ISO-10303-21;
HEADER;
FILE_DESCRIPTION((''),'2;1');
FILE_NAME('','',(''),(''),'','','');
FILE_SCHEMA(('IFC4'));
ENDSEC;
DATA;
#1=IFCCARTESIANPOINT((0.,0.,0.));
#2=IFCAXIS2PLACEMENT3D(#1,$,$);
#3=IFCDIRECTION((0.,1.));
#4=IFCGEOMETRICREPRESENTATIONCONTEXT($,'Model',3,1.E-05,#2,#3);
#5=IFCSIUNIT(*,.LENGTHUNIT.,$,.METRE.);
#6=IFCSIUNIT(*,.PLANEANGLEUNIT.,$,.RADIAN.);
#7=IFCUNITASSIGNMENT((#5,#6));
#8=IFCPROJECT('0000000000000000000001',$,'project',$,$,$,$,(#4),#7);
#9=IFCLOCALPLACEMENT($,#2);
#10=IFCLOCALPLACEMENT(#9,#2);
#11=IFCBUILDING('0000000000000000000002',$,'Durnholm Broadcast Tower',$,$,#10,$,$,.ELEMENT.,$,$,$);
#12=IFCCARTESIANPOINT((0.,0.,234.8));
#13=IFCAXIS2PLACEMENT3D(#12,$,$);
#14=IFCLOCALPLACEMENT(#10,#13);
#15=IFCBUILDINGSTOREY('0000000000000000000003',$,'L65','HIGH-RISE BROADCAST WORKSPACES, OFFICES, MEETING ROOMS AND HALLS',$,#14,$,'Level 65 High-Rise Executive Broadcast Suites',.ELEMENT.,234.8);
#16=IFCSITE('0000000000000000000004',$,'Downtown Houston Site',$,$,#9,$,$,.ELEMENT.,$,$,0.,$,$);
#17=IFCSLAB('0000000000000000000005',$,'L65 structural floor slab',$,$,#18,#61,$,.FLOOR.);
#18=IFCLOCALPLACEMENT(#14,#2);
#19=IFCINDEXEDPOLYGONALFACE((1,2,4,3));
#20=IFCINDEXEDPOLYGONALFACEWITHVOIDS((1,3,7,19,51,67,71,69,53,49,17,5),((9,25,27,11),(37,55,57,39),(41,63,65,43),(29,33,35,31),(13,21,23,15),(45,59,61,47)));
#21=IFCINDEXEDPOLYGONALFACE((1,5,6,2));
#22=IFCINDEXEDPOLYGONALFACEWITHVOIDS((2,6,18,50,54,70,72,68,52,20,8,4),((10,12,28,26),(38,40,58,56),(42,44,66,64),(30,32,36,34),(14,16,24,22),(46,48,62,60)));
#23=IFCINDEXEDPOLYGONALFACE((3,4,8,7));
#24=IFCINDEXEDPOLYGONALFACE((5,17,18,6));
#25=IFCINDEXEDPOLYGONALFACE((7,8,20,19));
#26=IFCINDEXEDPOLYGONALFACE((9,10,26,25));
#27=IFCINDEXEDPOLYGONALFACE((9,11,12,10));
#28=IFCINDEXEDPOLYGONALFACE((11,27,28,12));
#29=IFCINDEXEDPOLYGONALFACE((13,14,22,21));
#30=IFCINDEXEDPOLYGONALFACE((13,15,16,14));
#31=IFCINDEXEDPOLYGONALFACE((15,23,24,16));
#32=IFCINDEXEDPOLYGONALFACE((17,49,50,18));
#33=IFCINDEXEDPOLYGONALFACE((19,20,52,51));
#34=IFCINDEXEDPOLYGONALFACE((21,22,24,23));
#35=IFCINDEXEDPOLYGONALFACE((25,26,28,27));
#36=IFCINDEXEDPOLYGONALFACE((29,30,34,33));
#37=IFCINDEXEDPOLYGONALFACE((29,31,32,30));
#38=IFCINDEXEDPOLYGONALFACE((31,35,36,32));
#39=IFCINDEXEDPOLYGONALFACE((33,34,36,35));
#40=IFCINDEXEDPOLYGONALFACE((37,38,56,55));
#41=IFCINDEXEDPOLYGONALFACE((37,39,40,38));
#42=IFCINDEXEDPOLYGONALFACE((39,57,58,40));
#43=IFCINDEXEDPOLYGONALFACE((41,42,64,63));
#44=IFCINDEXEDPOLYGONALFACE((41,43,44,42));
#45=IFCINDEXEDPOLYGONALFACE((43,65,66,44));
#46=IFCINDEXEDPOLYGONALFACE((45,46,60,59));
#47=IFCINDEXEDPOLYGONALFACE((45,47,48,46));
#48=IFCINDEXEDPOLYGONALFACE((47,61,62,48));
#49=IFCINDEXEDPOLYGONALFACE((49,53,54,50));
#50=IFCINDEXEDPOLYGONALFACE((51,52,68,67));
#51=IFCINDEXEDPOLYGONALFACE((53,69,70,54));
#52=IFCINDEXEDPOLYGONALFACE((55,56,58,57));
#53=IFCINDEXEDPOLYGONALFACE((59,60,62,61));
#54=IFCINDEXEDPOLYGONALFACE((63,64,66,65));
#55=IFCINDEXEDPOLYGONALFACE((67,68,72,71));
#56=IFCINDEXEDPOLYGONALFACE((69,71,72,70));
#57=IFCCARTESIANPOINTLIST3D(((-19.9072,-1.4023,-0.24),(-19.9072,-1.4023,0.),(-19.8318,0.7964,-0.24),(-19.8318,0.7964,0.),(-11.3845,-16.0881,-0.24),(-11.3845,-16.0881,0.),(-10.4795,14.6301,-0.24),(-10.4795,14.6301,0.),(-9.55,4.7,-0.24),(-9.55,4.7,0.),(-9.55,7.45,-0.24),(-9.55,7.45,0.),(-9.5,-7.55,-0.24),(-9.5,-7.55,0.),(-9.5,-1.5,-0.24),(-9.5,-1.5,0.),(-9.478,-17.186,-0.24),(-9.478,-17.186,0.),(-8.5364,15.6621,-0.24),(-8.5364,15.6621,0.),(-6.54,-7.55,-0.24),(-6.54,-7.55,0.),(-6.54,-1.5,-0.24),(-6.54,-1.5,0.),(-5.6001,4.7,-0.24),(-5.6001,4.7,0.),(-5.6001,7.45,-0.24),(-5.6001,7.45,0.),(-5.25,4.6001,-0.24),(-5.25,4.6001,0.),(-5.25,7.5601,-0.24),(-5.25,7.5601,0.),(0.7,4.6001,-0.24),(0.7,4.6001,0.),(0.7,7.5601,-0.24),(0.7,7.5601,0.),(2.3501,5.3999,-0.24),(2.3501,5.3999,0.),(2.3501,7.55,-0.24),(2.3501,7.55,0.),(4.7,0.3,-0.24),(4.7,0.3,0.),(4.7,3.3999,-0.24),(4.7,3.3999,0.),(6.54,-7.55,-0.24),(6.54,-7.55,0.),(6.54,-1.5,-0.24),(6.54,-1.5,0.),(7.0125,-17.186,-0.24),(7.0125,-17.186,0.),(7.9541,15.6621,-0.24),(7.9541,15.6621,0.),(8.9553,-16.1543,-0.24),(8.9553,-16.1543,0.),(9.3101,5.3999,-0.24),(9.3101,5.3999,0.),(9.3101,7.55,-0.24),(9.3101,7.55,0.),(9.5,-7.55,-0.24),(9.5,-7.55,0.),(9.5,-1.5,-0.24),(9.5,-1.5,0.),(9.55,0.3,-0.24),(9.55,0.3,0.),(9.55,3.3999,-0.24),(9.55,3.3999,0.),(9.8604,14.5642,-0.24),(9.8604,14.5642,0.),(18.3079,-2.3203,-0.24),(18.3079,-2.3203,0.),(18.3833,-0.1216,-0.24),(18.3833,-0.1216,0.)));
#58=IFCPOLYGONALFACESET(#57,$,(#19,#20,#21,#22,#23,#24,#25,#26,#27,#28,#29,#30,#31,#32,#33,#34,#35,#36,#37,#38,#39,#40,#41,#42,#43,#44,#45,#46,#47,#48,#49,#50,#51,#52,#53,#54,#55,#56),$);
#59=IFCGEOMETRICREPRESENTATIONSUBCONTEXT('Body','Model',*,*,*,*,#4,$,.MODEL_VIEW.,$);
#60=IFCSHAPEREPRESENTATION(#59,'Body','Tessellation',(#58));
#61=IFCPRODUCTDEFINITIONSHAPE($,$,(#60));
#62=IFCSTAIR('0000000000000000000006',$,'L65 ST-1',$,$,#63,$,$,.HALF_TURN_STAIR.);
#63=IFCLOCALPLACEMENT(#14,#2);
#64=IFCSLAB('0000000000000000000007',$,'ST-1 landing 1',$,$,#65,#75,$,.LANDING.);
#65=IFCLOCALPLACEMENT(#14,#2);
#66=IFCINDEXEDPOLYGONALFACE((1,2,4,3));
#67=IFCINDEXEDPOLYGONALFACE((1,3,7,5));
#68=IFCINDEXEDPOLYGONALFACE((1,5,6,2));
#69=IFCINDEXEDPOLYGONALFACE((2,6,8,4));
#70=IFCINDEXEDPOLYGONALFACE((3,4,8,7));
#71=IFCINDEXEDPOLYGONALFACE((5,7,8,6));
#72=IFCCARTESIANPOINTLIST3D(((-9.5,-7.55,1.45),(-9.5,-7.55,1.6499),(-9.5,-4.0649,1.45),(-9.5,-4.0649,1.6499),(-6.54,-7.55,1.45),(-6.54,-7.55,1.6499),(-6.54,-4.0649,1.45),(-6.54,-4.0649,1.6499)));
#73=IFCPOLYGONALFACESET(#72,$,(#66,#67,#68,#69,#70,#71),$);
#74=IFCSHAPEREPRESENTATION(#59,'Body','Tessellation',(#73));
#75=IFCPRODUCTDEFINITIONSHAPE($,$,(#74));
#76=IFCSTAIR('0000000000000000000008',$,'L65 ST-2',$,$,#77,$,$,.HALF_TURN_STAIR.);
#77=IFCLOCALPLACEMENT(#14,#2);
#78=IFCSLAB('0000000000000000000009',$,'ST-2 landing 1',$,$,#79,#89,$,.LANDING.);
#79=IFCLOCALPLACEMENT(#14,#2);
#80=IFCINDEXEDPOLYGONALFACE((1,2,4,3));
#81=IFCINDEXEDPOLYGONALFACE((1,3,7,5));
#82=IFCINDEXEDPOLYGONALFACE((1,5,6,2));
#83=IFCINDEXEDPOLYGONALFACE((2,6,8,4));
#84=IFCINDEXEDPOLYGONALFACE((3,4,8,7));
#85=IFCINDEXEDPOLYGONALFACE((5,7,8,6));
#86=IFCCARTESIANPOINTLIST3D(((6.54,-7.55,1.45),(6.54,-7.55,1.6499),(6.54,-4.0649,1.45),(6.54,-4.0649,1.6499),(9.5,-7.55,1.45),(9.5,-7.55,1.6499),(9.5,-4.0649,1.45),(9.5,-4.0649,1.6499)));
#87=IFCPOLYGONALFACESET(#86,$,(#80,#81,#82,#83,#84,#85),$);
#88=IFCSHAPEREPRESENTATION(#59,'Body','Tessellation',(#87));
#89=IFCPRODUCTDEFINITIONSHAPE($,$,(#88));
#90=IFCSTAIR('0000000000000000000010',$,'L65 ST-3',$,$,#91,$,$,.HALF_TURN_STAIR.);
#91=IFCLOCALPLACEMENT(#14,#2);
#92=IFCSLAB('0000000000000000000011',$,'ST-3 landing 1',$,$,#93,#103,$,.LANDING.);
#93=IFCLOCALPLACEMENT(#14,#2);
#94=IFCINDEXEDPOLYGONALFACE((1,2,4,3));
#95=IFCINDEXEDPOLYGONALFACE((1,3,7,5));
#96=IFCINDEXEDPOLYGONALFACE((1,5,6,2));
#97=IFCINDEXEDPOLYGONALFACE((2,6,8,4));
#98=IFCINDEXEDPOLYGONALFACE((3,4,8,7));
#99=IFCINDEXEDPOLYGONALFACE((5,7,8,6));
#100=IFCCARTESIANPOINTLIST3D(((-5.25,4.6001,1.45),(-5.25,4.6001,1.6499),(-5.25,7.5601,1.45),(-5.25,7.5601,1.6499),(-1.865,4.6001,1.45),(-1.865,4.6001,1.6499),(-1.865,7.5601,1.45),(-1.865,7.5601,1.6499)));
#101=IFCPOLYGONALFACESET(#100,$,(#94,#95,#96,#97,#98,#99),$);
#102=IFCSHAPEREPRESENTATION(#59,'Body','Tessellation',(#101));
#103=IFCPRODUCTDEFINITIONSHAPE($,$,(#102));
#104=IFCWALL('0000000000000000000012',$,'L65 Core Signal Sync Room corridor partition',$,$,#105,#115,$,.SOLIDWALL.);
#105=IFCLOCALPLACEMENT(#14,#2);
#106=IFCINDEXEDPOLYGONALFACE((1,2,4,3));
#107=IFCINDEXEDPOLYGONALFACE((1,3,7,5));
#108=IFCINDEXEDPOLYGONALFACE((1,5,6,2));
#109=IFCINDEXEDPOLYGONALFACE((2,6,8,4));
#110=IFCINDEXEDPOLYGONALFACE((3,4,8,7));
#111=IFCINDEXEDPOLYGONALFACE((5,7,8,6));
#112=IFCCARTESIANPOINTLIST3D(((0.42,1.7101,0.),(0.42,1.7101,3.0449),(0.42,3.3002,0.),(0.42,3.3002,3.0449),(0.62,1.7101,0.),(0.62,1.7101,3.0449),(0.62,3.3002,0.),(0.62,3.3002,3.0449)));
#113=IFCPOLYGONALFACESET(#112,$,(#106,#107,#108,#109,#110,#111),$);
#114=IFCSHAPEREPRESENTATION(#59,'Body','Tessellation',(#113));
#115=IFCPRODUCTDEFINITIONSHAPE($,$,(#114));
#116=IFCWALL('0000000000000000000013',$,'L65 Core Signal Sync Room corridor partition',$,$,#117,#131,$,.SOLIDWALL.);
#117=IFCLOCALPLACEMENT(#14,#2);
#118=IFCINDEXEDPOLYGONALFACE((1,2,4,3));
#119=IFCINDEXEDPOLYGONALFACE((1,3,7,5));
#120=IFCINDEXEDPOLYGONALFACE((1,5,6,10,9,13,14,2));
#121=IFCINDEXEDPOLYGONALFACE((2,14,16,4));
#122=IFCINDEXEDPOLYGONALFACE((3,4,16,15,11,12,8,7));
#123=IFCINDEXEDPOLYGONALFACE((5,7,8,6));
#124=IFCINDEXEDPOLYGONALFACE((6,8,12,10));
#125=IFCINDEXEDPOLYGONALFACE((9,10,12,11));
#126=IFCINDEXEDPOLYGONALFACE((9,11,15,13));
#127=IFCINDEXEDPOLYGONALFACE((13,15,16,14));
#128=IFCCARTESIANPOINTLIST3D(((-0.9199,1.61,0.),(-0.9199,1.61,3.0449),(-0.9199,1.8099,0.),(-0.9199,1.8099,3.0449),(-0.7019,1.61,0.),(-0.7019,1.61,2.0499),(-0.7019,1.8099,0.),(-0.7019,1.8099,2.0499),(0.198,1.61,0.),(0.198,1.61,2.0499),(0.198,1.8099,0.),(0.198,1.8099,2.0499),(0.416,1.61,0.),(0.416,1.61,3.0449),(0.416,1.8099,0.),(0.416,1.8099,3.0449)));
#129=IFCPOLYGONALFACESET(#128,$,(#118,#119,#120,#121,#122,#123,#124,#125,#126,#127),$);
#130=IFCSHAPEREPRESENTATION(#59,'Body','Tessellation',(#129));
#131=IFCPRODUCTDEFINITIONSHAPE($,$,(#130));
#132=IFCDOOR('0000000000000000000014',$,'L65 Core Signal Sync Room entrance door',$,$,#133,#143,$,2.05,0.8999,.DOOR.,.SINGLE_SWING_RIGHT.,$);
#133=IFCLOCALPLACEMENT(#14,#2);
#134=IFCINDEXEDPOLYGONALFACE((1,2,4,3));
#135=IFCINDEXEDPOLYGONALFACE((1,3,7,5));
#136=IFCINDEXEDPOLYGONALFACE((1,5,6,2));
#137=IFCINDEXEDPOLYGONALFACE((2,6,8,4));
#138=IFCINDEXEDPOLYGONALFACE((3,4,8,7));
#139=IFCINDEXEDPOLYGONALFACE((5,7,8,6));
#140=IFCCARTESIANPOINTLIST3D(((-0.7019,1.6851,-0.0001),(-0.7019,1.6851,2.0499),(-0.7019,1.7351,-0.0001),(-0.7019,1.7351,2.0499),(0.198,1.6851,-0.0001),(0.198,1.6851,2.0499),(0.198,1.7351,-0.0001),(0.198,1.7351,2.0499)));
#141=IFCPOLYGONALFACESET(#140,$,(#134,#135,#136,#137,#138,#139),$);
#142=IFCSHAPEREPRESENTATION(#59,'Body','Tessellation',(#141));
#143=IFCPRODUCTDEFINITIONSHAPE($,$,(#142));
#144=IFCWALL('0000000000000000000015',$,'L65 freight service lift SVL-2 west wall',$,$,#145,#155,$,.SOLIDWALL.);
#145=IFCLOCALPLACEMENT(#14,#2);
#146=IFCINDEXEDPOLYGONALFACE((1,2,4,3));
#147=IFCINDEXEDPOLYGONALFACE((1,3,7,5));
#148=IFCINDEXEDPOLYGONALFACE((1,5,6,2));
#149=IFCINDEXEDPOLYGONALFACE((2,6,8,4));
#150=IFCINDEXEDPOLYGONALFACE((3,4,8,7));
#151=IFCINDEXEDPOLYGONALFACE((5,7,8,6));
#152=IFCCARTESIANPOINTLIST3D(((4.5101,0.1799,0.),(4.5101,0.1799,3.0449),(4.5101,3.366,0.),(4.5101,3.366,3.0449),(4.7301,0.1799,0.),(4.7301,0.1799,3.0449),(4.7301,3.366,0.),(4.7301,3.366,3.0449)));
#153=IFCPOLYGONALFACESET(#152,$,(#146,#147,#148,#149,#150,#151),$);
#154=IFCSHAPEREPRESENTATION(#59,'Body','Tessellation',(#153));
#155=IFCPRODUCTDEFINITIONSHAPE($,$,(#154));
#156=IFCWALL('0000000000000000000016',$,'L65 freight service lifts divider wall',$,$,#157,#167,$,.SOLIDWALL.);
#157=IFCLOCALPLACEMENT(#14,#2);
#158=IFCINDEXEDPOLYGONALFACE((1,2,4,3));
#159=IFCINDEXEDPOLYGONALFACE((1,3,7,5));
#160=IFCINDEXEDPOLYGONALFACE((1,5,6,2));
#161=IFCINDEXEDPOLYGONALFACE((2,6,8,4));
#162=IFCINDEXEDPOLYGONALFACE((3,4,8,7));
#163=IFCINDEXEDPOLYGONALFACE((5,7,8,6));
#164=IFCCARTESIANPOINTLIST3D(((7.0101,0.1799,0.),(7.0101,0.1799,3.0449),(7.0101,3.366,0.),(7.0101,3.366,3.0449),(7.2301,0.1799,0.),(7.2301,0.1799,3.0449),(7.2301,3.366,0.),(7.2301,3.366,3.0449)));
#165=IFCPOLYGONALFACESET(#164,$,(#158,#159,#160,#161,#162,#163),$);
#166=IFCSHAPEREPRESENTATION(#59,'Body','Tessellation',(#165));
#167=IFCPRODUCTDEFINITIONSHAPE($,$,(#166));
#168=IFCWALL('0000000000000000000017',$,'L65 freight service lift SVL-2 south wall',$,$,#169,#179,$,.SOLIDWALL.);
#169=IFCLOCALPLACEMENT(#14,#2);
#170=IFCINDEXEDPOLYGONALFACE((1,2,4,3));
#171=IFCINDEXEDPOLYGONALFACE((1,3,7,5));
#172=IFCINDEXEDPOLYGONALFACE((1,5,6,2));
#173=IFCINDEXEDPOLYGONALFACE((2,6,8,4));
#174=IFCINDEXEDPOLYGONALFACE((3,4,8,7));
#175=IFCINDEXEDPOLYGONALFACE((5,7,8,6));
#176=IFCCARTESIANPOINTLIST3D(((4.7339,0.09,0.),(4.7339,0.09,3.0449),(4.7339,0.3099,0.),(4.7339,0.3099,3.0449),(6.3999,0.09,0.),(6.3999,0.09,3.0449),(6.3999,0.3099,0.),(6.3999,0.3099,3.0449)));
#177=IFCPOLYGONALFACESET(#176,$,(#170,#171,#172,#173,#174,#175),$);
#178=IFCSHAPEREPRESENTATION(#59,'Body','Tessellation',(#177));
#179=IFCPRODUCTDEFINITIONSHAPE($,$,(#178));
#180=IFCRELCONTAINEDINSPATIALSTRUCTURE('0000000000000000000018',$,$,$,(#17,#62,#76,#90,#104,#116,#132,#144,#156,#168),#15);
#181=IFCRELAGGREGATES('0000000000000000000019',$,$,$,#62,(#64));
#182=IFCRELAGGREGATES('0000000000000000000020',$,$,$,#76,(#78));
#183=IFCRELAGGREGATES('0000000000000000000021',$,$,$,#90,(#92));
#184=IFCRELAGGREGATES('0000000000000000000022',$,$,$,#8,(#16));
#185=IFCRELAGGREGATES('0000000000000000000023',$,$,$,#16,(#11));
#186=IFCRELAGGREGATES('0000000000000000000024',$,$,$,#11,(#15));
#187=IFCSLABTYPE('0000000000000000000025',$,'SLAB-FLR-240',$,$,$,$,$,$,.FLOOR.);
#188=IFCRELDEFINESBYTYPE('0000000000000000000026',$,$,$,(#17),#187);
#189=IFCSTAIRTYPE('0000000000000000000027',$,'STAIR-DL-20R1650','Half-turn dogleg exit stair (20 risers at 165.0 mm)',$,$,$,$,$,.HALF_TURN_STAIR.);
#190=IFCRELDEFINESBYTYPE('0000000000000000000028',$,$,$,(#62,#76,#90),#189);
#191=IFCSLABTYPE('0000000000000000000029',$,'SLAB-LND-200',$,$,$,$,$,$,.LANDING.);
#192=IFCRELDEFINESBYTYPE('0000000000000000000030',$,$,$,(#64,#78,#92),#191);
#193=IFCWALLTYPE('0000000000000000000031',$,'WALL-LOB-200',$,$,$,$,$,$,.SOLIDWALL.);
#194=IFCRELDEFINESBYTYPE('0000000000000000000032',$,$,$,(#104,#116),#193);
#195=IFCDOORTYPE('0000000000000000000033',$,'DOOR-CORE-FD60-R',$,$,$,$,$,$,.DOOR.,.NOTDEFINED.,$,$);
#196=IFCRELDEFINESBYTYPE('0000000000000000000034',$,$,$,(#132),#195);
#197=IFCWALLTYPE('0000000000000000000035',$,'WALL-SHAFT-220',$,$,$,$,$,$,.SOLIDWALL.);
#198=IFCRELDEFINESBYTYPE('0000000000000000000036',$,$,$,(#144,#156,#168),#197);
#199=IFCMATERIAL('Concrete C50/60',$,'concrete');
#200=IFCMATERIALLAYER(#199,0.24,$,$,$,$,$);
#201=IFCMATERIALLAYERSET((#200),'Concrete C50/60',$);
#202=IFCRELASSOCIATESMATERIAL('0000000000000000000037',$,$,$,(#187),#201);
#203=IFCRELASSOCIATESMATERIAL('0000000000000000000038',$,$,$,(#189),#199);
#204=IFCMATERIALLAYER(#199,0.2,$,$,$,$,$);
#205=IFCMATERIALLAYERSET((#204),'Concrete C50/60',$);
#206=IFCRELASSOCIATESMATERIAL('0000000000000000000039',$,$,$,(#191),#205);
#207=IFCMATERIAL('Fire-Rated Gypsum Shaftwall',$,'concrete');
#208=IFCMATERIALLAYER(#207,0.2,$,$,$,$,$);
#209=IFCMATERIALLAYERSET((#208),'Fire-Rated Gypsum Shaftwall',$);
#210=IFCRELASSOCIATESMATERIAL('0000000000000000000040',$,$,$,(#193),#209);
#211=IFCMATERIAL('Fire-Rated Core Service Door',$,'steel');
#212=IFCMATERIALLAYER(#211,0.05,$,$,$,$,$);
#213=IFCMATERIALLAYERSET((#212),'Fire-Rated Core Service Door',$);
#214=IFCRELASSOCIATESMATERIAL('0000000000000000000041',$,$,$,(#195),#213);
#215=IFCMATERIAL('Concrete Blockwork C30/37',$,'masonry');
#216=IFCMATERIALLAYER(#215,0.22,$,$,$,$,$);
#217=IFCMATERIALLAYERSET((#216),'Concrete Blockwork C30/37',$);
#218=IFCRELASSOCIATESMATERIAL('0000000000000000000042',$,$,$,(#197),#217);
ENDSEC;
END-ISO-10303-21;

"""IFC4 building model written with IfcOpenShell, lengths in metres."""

from ifc_helpers import new_model, si_unit, direction, frame, frame_2d, origin, place, context, subcontext, project, spatial, polyline, rectangle, outline, extrude, source, transform, mapped, material, layer, layer_set, type_object, type_shapes, element, fill, aggregate, save


model = new_model("IFC4")

# Units and contexts
model_context = context("Model", 3, precision=1e-05, world=origin(), true_north=direction((0.0, 1.0)))
body_context = subcontext(model_context, "Body", "Model", "MODEL_VIEW")
ifc_project = project(units=[si_unit("LENGTHUNIT", "METRE"), si_unit("PLANEANGLEUNIT", "RADIAN")], contexts=[model_context])

# Site, building, storey
site_placement = place(None, origin())
site = spatial("IfcSite", under=ifc_project, at=site_placement, Name="Downtown Houston Site", CompositionType="ELEMENT", RefElevation=0.0)
building_placement = place(site_placement, origin())
building = spatial("IfcBuilding", under=site, at=building_placement, Name="Durnholm Broadcast Tower", CompositionType="ELEMENT")
storey_placement = place(building_placement, frame((0.0, 0.0, 234.8)))
storey = spatial("IfcBuildingStorey", under=building, at=storey_placement, Name="L65", Description="HIGH-RISE BROADCAST WORKSPACES, OFFICES, MEETING ROOMS AND HALLS", LongName="Level 65 High-Rise Executive Broadcast Suites", CompositionType="ELEMENT", Elevation=234.8)

# Slab
ifc_material_1 = material(Name="Concrete C50/60", Category="concrete")
ifc_layer_1 = layer(ifc_material_1, 0.24)
ifc_layer_set_1 = layer_set([ifc_layer_1], Name="Concrete C50/60")
slab_type_1 = type_object("IfcSlabType", Name="SLAB-FLR-240", PredefinedType="FLOOR", material=ifc_layer_set_1)
slab_1_placement = place(storey_placement, frame((0.0, 0.0, -0.24)))
element("IfcSlab", 1, at=slab_1_placement, inside=storey, type_object=slab_type_1, Name="L65 structural floor slab", PredefinedType="FLOOR", context=body_context, shape_type="SweptSolid", body=[
    extrude(outline(polyline([(-11.3845, -16.0881), (-9.478, -17.186), (7.0125, -17.186), (8.9553, -16.1543), (18.3079, -2.3203), (18.3833, -0.1216), (9.8604, 14.5642), (7.9541, 15.6621), (-8.5364, 15.6621), (-10.4795, 14.6301), (-19.8318, 0.7964), (-19.9072, -1.4023), (-11.3845, -16.0881)]), holes=[polyline([(-6.54, -1.5), (-9.5, -1.5), (-9.5, -7.55), (-6.54, -7.55), (-6.54, -1.5)]), polyline([(9.5, -7.55), (9.5, -1.5), (6.54, -1.5), (6.54, -7.55), (9.5, -7.55)]), polyline([(9.55, 3.3999), (4.7, 3.3999), (4.7, 0.3), (9.55, 0.3), (9.55, 3.3999)]), polyline([(-9.55, 7.45), (-9.55, 4.7), (-5.6001, 4.7), (-5.6001, 7.45), (-9.55, 7.45)]), polyline([(-5.25, 4.6001), (0.7, 4.6001), (0.7, 7.5601), (-5.25, 7.5601), (-5.25, 4.6001)]), polyline([(9.3101, 7.55), (2.3501, 7.55), (2.3501, 5.3999), (9.3101, 5.3999), (9.3101, 7.55)])]), origin(), (0.0, 0.0, 1.0), 0.24),
])

# Stairs, slabs
stair_type = type_object("IfcStairType", Name="STAIR-DL-20R1650", Description="Half-turn dogleg exit stair (20 risers at 165.0 mm)", PredefinedType="HALF_TURN_STAIR", material=ifc_material_1)
stair_1_placement = place(storey_placement, origin())
stair_1 = element("IfcStair", 2, at=stair_1_placement, inside=storey, type_object=stair_type, Name="L65 ST-1", PredefinedType="HALF_TURN_STAIR")
ifc_layer_2 = layer(ifc_material_1, 0.2)
ifc_layer_set_2 = layer_set([ifc_layer_2], Name="Concrete C50/60")
slab_type_2 = type_object("IfcSlabType", Name="SLAB-LND-200", PredefinedType="LANDING", material=ifc_layer_set_2)
slab_2_placement = place(storey_placement, frame((0.0, 0.0, 1.45)))
slab_2 = element("IfcSlab", 3, at=slab_2_placement, type_object=slab_type_2, Name="ST-1 landing 1", PredefinedType="LANDING", context=body_context, shape_type="SweptSolid", body=[
    extrude(outline(polyline([(-9.5, -4.0649), (-9.5, -7.55), (-6.54, -7.55), (-6.54, -4.0649), (-9.5, -4.0649)])), origin(), (0.0, 0.0, 1.0), 0.2),
])
aggregate(stair_1, [slab_2])
stair_2_placement = place(storey_placement, origin())
stair_2 = element("IfcStair", 4, at=stair_2_placement, inside=storey, type_object=stair_type, Name="L65 ST-2", PredefinedType="HALF_TURN_STAIR")
slab_3_placement = place(storey_placement, frame((0.0, 0.0, 1.45)))
slab_3 = element("IfcSlab", 5, at=slab_3_placement, type_object=slab_type_2, Name="ST-2 landing 1", PredefinedType="LANDING", context=body_context, shape_type="SweptSolid", body=[
    extrude(outline(polyline([(6.54, -4.0649), (6.54, -7.55), (9.5, -7.55), (9.5, -4.0649), (6.54, -4.0649)])), origin(), (0.0, 0.0, 1.0), 0.2),
])
aggregate(stair_2, [slab_3])
stair_3_placement = place(storey_placement, origin())
stair_3 = element("IfcStair", 6, at=stair_3_placement, inside=storey, type_object=stair_type, Name="L65 ST-3", PredefinedType="HALF_TURN_STAIR")
slab_4_placement = place(storey_placement, frame((0.0, 0.0, 1.45)))
slab_4 = element("IfcSlab", 7, at=slab_4_placement, type_object=slab_type_2, Name="ST-3 landing 1", PredefinedType="LANDING", context=body_context, shape_type="SweptSolid", body=[
    extrude(outline(polyline([(-1.865, 7.5601), (-5.25, 7.5601), (-5.25, 4.6001), (-1.865, 4.6001), (-1.865, 7.5601)])), origin(), (0.0, 0.0, 1.0), 0.2),
])

# Wall
ifc_material_2 = material(Name="Fire-Rated Gypsum Shaftwall", Category="concrete")
ifc_layer_3 = layer(ifc_material_2, 0.2)
ifc_layer_set_3 = layer_set([ifc_layer_3], Name="Fire-Rated Gypsum Shaftwall")
wall_type_1 = type_object("IfcWallType", Name="WALL-LOB-200", PredefinedType="SOLIDWALL", material=ifc_layer_set_3)
wall_1_placement = place(storey_placement, frame((0.52, 3.3, 0.0), z_axis=(0.0, 0.0, 1.0), x_axis=(0.0, -1.0, 0.0)))
element("IfcWall", 8, at=wall_1_placement, inside=storey, type_object=wall_type_1, Name="L65 Core Signal Sync Room corridor partition", PredefinedType="SOLIDWALL", context=body_context, shape_type="SweptSolid", body=[
    extrude(rectangle(XDim=1.5901, YDim=0.2, at=frame_2d((0.7949, 0.0))), origin(), (0.0, 0.0, 1.0), 3.0449),
])

# Wall, opening, door
wall_2_placement = place(storey_placement, frame((0.416, 1.71, 0.0), z_axis=(0.0, 0.0, 1.0), x_axis=(-1.0, 0.0, 0.0)))
wall_2 = element("IfcWall", 9, at=wall_2_placement, inside=storey, type_object=wall_type_1, Name="L65 Core Signal Sync Room corridor partition", PredefinedType="SOLIDWALL", context=body_context, shape_type="SweptSolid", body=[
    extrude(rectangle(XDim=1.3359, YDim=0.2, at=frame_2d((0.668, 0.0))), origin(), (0.0, 0.0, 1.0), 3.0449),
])
opening_1_placement = place(wall_2_placement, frame((0.218, 0.0, 0.0)))
opening_1 = element("IfcOpeningElement", 10, at=opening_1_placement, cuts=wall_2, PredefinedType="OPENING", context=body_context, shape_type="SweptSolid", body=[
    extrude(rectangle(XDim=0.8999, YDim=2.05, at=frame_2d((0.45, 1.0249))), frame((0.0, 0.1099, 0.0), z_axis=(0.0, -1.0, 0.0), x_axis=(1.0, 0.0, 0.0)), (0.0, 0.0, 1.0), 0.22),
])
ifc_material_3 = material(Name="Fire-Rated Core Service Door", Category="steel")
ifc_layer_4 = layer(ifc_material_3, 0.05)
ifc_layer_set_4 = layer_set([ifc_layer_4], Name="Fire-Rated Core Service Door")
door_type_1 = type_object("IfcDoorType", Name="DOOR-CORE-FD60-R", OperationType="NOTDEFINED", PredefinedType="DOOR", material=ifc_layer_set_4)
shared_shape_1 = source(origin(), body_context, "Body", "SweptSolid", [
    extrude(rectangle(XDim=0.8999, YDim=2.05, at=frame_2d((0.45, 1.0249))), frame((0.0, 0.0249, 0.0), z_axis=(0.0, -1.0, 0.0), x_axis=(1.0, 0.0, 0.0)), (0.0, 0.0, 1.0), 0.05),
])
type_shapes(door_type_1, [shared_shape_1])
door_1_placement = place(opening_1_placement, origin())
door_1 = element("IfcDoor", 11, at=door_1_placement, inside=storey, type_object=door_type_1, Name="L65 Core Signal Sync Room entrance door", OperationType="SINGLE_SWING_RIGHT", OverallHeight=2.05, OverallWidth=0.8999, PredefinedType="DOOR", context=body_context, shape_type="MappedRepresentation", body=[
    mapped(shared_shape_1, transform((0.0, 0.0, 0.0), x_axis=(1.0, 0.0, 0.0), y_axis=(0.0, 1.0, 0.0), z_axis=(0.0, 0.0, 1.0), scale=1.0)),
])
fill(opening_1, door_1)

# Shared definitions
ifc_material_4 = material(Name="Concrete Blockwork C30/37", Category="masonry")
ifc_layer_5 = layer(ifc_material_4, 0.22)
ifc_layer_set_5 = layer_set([ifc_layer_5], Name="Concrete Blockwork C30/37")
wall_type_2 = type_object("IfcWallType", Name="WALL-SHAFT-220", PredefinedType="SOLIDWALL", material=ifc_layer_set_5)

# Walls
for number, where, z_axis, x_axis, name in (
    (12, (4.6201, 0.1799, 0.0), (0.0, 0.0, 1.0), (0.0, 1.0, 0.0), "L65 freight service lift SVL-2 west wall"),
    (13, (7.1201, 0.1799, 0.0), (0.0, 0.0, 1.0), (0.0, 1.0, 0.0), "L65 freight service lifts divider wall"),
):
    element("IfcWall", number, at=place(storey_placement, frame(where, z_axis=z_axis, x_axis=x_axis)), inside=storey, type_object=wall_type_2, Name=name, PredefinedType="SOLIDWALL", context=body_context, shape_type="SweptSolid", body=[
        extrude(rectangle(XDim=3.186, YDim=0.22, at=frame_2d((1.593, 0.0))), origin(), (0.0, 0.0, 1.0), 3.0449),
    ])
wall_3_placement = place(storey_placement, frame((4.7339, 0.2, 0.0), z_axis=(0.0, 0.0, 1.0), x_axis=(1.0, 0.0, 0.0)))
element("IfcWall", 14, at=wall_3_placement, inside=storey, type_object=wall_type_2, Name="L65 freight service lift SVL-2 south wall", PredefinedType="SOLIDWALL", context=body_context, shape_type="SweptSolid", body=[
    extrude(rectangle(XDim=1.666, YDim=0.22, at=frame_2d((0.833, 0.0))), origin(), (0.0, 0.0, 1.0), 3.0449),
])

aggregate(stair_3, [slab_4])

save(model, "model.ifc")
